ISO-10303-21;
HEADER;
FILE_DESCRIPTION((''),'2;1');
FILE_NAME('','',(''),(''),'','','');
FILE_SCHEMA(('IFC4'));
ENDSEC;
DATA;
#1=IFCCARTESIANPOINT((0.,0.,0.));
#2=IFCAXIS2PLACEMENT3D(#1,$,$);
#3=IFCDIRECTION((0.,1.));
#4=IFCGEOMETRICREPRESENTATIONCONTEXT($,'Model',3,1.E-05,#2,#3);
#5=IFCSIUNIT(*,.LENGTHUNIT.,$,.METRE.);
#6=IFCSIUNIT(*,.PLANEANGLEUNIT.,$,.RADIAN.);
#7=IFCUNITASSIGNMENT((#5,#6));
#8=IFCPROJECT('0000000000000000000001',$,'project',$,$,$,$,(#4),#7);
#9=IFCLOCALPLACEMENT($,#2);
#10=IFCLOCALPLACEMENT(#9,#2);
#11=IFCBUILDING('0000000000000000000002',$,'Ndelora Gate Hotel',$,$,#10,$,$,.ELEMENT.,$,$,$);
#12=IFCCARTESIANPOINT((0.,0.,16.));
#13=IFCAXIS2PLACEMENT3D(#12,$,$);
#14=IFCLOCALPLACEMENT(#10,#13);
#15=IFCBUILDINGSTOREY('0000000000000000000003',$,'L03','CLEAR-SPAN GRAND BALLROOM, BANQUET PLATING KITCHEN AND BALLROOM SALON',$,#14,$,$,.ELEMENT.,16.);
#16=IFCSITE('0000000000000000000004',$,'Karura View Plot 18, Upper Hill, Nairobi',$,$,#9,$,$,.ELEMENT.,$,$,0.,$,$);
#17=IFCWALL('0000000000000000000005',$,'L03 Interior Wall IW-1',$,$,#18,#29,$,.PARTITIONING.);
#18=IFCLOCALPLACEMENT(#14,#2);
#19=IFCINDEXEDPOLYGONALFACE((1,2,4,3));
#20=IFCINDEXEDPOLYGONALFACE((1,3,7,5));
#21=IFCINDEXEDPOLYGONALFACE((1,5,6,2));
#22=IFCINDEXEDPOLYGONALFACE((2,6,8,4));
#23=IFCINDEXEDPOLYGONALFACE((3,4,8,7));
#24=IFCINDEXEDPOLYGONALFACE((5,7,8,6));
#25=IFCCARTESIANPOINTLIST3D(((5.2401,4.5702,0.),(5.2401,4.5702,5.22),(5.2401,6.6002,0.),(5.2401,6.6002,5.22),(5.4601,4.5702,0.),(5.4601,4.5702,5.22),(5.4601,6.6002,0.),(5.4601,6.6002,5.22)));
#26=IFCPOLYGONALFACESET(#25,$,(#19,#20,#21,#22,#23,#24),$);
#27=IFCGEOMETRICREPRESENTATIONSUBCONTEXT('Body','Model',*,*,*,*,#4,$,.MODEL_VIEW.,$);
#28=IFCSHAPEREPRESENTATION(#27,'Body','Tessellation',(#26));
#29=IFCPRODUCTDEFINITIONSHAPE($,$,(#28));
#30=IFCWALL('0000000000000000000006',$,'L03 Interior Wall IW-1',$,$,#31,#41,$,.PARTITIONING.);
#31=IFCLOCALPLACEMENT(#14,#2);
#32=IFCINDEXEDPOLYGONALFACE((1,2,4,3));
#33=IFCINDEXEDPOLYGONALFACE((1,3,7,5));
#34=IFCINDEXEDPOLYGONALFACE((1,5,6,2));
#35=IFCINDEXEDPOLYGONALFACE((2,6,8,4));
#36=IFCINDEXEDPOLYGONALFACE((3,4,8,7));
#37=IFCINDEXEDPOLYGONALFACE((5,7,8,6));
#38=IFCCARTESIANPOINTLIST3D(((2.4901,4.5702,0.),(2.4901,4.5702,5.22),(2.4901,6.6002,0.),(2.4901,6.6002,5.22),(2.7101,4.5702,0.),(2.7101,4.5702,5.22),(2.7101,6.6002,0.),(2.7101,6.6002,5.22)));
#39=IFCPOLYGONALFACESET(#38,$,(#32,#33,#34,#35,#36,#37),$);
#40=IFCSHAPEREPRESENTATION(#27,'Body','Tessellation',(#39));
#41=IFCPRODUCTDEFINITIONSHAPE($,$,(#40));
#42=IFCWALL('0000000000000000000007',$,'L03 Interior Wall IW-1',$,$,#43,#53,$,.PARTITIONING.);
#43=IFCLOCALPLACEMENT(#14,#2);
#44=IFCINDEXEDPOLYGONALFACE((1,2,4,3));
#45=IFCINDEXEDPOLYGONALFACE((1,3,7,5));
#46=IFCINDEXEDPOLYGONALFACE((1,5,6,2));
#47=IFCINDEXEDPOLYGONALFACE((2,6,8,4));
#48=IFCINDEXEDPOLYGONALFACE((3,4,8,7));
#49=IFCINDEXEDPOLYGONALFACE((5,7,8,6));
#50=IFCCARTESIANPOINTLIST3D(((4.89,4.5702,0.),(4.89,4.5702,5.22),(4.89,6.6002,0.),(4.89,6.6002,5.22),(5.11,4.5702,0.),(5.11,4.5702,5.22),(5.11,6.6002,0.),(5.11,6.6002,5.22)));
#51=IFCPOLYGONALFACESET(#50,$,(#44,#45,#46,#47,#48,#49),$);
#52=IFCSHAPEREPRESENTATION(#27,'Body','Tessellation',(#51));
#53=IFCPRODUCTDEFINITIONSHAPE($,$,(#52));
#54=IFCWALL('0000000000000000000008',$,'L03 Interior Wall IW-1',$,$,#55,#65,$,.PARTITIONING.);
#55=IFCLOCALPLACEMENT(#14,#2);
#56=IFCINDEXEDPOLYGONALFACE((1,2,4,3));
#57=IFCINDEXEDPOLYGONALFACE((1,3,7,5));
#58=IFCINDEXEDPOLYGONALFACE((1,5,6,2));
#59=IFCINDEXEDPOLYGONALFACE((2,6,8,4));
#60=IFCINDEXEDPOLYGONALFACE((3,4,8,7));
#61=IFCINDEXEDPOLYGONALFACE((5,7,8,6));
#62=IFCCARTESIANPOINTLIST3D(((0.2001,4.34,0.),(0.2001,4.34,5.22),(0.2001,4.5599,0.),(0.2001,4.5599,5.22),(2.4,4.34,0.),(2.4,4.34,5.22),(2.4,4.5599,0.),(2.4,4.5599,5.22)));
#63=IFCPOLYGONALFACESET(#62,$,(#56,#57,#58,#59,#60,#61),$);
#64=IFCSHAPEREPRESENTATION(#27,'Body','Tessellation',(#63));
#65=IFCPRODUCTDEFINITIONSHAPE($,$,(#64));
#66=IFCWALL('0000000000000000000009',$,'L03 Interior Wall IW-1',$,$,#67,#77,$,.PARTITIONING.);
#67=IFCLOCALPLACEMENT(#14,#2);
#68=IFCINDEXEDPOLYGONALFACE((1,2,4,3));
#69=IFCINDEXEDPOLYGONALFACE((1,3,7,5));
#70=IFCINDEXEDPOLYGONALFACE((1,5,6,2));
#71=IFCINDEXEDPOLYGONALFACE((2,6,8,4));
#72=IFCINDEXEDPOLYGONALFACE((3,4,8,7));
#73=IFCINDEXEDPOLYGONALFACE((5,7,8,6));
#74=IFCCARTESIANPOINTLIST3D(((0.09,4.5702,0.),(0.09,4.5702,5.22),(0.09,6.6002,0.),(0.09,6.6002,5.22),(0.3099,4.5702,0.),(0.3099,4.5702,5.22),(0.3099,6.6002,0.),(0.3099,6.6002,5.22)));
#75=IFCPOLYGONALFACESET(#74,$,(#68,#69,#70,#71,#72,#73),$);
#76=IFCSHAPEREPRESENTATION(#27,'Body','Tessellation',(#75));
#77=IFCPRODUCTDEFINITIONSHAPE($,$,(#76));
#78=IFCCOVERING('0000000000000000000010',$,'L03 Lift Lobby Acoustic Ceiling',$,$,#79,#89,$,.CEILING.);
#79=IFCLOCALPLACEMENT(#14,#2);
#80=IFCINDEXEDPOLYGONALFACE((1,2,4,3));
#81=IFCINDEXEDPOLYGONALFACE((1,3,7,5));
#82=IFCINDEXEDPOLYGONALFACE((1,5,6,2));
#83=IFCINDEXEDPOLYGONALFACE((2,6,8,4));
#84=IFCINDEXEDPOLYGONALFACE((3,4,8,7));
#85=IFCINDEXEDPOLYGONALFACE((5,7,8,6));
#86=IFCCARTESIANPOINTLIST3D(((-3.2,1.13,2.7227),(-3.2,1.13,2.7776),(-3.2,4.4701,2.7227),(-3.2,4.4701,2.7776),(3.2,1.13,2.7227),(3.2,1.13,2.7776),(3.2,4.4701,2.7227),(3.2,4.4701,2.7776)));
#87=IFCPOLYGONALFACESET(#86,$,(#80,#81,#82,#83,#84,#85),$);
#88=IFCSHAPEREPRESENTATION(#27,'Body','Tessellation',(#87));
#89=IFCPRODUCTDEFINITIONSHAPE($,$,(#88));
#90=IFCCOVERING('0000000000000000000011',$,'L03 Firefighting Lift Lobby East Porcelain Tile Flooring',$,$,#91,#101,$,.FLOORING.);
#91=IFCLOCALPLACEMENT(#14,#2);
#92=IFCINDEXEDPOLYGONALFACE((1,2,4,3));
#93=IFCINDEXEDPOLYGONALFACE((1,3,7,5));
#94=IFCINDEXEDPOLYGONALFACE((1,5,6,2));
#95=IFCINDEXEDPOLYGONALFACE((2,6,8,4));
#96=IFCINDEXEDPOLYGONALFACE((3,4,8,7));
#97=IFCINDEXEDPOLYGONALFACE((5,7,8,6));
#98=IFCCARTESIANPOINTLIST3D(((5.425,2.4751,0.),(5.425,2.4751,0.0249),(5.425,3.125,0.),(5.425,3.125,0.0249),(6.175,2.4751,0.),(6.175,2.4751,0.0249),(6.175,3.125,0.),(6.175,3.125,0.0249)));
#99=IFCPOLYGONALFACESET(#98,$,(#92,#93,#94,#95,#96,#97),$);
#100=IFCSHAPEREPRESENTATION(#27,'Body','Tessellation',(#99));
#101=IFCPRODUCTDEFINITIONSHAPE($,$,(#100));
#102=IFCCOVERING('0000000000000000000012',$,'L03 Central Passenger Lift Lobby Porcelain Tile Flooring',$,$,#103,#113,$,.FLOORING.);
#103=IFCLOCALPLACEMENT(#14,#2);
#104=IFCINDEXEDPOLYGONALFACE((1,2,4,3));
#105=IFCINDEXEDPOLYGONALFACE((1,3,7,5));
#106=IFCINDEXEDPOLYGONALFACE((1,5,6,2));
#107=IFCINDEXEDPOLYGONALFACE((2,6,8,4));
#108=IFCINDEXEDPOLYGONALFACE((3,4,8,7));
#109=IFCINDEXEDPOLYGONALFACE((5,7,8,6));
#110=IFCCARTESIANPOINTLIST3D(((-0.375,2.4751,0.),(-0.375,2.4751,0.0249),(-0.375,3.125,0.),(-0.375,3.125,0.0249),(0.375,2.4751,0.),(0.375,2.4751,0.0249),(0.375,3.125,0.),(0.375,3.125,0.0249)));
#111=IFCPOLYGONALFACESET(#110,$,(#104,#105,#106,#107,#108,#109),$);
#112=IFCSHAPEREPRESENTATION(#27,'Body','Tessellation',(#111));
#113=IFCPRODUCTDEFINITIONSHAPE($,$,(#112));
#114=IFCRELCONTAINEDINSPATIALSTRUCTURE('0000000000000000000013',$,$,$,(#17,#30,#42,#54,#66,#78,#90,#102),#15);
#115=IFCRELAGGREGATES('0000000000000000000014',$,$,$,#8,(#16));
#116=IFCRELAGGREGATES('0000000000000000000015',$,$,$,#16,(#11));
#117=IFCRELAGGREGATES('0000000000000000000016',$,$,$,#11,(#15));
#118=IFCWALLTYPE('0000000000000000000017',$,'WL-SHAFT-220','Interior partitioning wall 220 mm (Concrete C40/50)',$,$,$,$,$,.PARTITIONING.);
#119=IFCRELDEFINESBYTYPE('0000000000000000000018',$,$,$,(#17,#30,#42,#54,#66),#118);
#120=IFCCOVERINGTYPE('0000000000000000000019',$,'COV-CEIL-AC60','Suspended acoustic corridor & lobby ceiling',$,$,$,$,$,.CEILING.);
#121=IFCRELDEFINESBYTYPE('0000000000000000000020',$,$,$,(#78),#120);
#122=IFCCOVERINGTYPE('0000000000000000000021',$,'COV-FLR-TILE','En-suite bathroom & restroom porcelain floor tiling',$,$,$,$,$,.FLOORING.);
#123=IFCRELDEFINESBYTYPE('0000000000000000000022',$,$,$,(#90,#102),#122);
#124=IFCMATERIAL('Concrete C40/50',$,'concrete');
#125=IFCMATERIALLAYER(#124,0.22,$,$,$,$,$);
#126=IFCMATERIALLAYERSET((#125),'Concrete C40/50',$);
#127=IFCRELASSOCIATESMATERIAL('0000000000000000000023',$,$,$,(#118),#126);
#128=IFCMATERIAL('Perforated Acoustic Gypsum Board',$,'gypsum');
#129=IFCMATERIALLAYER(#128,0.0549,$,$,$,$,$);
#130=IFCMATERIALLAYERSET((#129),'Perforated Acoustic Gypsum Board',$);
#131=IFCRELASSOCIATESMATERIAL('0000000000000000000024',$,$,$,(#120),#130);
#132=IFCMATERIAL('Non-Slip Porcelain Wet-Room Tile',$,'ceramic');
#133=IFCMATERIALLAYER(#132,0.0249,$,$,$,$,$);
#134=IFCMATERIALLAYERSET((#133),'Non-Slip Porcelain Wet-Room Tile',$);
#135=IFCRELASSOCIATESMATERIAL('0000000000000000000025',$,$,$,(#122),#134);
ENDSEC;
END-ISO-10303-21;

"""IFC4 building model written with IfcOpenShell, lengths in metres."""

from ifc_helpers import new_model, si_unit, direction, frame, frame_2d, origin, origin_2d, place, context, subcontext, project, spatial, rectangle, extrude, material, layer, layer_set, type_object, element, save


model = new_model("IFC4")

# Units and contexts
model_context = context("Model", 3, precision=1e-05, world=origin(), true_north=direction((0.0, 1.0)))
body_context = subcontext(model_context, "Body", "Model", "MODEL_VIEW")
ifc_project = project(units=[si_unit("LENGTHUNIT", "METRE"), si_unit("PLANEANGLEUNIT", "RADIAN")], contexts=[model_context])

# Site, building, storey
site_placement = place(None, origin())
site = spatial("IfcSite", under=ifc_project, at=site_placement, Name="Karura View Plot 18, Upper Hill, Nairobi", CompositionType="ELEMENT", RefElevation=0.0)
building_placement = place(site_placement, origin())
building = spatial("IfcBuilding", under=site, at=building_placement, Name="Ndelora Gate Hotel", CompositionType="ELEMENT")
storey_placement = place(building_placement, frame((0.0, 0.0, 16.0)))
storey = spatial("IfcBuildingStorey", under=building, at=storey_placement, Name="L03", Description="CLEAR-SPAN GRAND BALLROOM, BANQUET PLATING KITCHEN AND BALLROOM SALON", CompositionType="ELEMENT", Elevation=16.0)

# Shared definitions
ifc_material_1 = material(Name="Concrete C40/50", Category="concrete")

# Shared definitions
ifc_layer_1 = layer(ifc_material_1, 0.22)
ifc_layer_set_1 = layer_set([ifc_layer_1], Name="Concrete C40/50")
wall_type_1 = type_object("IfcWallType", Name="WL-SHAFT-220", Description="Interior partitioning wall 220 mm (Concrete C40/50)", PredefinedType="PARTITIONING", material=ifc_layer_set_1)

# Wall
wall_1_placement = place(storey_placement, frame((5.3501, 4.5701, 0.0), z_axis=(0.0, 0.0, 1.0), x_axis=(0.0, 1.0, 0.0)))
element("IfcWall", 1, at=wall_1_placement, inside=storey, type_object=wall_type_1, Name="L03 Interior Wall IW-1", PredefinedType="PARTITIONING", context=body_context, shape_type="SweptSolid", body=[
    extrude(rectangle(XDim=2.03, YDim=0.22, at=frame_2d((1.0151, 0.0))), origin(), (0.0, 0.0, 1.0), 5.22),
])

# Walls
for number, where, z_axis, x_axis, name in (
    (2, (2.6001, 4.5701, 0.0), (0.0, 0.0, 1.0), (0.0, 1.0, 0.0), "L03 Interior Wall IW-1"),
    (3, (5.0, 4.5701, 0.0), (0.0, 0.0, 1.0), (0.0, 1.0, 0.0), "L03 Interior Wall IW-1"),
):
    element("IfcWall", number, at=place(storey_placement, frame(where, z_axis=z_axis, x_axis=x_axis)), inside=storey, type_object=wall_type_1, Name=name, PredefinedType="PARTITIONING", context=body_context, shape_type="SweptSolid", body=[
        extrude(rectangle(XDim=2.03, YDim=0.22, at=frame_2d((1.0151, 0.0))), origin(), (0.0, 0.0, 1.0), 5.22),
    ])
wall_2_placement = place(storey_placement, frame((0.2, 4.45, 0.0), z_axis=(0.0, 0.0, 1.0), x_axis=(1.0, 0.0, 0.0)))
element("IfcWall", 4, at=wall_2_placement, inside=storey, type_object=wall_type_1, Name="L03 Interior Wall IW-1", PredefinedType="PARTITIONING", context=body_context, shape_type="SweptSolid", body=[
    extrude(rectangle(XDim=2.2, YDim=0.22, at=frame_2d((1.1001, 0.0))), origin(), (0.0, 0.0, 1.0), 5.22),
])
wall_3_placement = place(storey_placement, frame((0.2, 4.5701, 0.0), z_axis=(0.0, 0.0, 1.0), x_axis=(0.0, 1.0, 0.0)))
element("IfcWall", 5, at=wall_3_placement, inside=storey, type_object=wall_type_1, Name="L03 Interior Wall IW-1", PredefinedType="PARTITIONING", context=body_context, shape_type="SweptSolid", body=[
    extrude(rectangle(XDim=2.03, YDim=0.22, at=frame_2d((1.0151, 0.0))), origin(), (0.0, 0.0, 1.0), 5.22),
])

# Coverings
ifc_material_2 = material(Name="Perforated Acoustic Gypsum Board", Category="gypsum")
ifc_layer_2 = layer(ifc_material_2, 0.0549)
ifc_layer_set_2 = layer_set([ifc_layer_2], Name="Perforated Acoustic Gypsum Board")
covering_type_1 = type_object("IfcCoveringType", Name="COV-CEIL-AC60", Description="Suspended acoustic corridor & lobby ceiling", PredefinedType="CEILING", material=ifc_layer_set_2)
covering_placement = place(storey_placement, frame((0.0, 2.8, 2.7227), z_axis=(0.0, 0.0, 1.0), x_axis=(1.0, 0.0, 0.0)))
element("IfcCovering", 6, at=covering_placement, inside=storey, type_object=covering_type_1, Name="L03 Lift Lobby Acoustic Ceiling", PredefinedType="CEILING", context=body_context, shape_type="SweptSolid", body=[
    extrude(rectangle(XDim=6.3999, YDim=3.3401, at=origin_2d()), origin(), (0.0, 0.0, 1.0), 0.0549),
])
ifc_material_3 = material(Name="Non-Slip Porcelain Wet-Room Tile", Category="ceramic")
ifc_layer_3 = layer(ifc_material_3, 0.0249)
ifc_layer_set_3 = layer_set([ifc_layer_3], Name="Non-Slip Porcelain Wet-Room Tile")
covering_type_2 = type_object("IfcCoveringType", Name="COV-FLR-TILE", Description="En-suite bathroom & restroom porcelain floor tiling", PredefinedType="FLOORING", material=ifc_layer_set_3)
for number, where, z_axis, x_axis, name in (
    (7, (5.8, 2.8, 0.0), (0.0, 0.0, 1.0), (1.0, 0.0, 0.0), "L03 Firefighting Lift Lobby East Porcelain Tile Flooring"),
    (8, (0.0, 2.8, 0.0), (0.0, 0.0, 1.0), (1.0, 0.0, 0.0), "L03 Central Passenger Lift Lobby Porcelain Tile Flooring"),
):
    element("IfcCovering", number, at=place(storey_placement, frame(where, z_axis=z_axis, x_axis=x_axis)), inside=storey, type_object=covering_type_2, Name=name, PredefinedType="FLOORING", context=body_context, shape_type="SweptSolid", body=[
        extrude(rectangle(XDim=0.75, YDim=0.6499, at=origin_2d()), origin(), (0.0, 0.0, 1.0), 0.0249),
    ])

save(model, "model.ifc")
